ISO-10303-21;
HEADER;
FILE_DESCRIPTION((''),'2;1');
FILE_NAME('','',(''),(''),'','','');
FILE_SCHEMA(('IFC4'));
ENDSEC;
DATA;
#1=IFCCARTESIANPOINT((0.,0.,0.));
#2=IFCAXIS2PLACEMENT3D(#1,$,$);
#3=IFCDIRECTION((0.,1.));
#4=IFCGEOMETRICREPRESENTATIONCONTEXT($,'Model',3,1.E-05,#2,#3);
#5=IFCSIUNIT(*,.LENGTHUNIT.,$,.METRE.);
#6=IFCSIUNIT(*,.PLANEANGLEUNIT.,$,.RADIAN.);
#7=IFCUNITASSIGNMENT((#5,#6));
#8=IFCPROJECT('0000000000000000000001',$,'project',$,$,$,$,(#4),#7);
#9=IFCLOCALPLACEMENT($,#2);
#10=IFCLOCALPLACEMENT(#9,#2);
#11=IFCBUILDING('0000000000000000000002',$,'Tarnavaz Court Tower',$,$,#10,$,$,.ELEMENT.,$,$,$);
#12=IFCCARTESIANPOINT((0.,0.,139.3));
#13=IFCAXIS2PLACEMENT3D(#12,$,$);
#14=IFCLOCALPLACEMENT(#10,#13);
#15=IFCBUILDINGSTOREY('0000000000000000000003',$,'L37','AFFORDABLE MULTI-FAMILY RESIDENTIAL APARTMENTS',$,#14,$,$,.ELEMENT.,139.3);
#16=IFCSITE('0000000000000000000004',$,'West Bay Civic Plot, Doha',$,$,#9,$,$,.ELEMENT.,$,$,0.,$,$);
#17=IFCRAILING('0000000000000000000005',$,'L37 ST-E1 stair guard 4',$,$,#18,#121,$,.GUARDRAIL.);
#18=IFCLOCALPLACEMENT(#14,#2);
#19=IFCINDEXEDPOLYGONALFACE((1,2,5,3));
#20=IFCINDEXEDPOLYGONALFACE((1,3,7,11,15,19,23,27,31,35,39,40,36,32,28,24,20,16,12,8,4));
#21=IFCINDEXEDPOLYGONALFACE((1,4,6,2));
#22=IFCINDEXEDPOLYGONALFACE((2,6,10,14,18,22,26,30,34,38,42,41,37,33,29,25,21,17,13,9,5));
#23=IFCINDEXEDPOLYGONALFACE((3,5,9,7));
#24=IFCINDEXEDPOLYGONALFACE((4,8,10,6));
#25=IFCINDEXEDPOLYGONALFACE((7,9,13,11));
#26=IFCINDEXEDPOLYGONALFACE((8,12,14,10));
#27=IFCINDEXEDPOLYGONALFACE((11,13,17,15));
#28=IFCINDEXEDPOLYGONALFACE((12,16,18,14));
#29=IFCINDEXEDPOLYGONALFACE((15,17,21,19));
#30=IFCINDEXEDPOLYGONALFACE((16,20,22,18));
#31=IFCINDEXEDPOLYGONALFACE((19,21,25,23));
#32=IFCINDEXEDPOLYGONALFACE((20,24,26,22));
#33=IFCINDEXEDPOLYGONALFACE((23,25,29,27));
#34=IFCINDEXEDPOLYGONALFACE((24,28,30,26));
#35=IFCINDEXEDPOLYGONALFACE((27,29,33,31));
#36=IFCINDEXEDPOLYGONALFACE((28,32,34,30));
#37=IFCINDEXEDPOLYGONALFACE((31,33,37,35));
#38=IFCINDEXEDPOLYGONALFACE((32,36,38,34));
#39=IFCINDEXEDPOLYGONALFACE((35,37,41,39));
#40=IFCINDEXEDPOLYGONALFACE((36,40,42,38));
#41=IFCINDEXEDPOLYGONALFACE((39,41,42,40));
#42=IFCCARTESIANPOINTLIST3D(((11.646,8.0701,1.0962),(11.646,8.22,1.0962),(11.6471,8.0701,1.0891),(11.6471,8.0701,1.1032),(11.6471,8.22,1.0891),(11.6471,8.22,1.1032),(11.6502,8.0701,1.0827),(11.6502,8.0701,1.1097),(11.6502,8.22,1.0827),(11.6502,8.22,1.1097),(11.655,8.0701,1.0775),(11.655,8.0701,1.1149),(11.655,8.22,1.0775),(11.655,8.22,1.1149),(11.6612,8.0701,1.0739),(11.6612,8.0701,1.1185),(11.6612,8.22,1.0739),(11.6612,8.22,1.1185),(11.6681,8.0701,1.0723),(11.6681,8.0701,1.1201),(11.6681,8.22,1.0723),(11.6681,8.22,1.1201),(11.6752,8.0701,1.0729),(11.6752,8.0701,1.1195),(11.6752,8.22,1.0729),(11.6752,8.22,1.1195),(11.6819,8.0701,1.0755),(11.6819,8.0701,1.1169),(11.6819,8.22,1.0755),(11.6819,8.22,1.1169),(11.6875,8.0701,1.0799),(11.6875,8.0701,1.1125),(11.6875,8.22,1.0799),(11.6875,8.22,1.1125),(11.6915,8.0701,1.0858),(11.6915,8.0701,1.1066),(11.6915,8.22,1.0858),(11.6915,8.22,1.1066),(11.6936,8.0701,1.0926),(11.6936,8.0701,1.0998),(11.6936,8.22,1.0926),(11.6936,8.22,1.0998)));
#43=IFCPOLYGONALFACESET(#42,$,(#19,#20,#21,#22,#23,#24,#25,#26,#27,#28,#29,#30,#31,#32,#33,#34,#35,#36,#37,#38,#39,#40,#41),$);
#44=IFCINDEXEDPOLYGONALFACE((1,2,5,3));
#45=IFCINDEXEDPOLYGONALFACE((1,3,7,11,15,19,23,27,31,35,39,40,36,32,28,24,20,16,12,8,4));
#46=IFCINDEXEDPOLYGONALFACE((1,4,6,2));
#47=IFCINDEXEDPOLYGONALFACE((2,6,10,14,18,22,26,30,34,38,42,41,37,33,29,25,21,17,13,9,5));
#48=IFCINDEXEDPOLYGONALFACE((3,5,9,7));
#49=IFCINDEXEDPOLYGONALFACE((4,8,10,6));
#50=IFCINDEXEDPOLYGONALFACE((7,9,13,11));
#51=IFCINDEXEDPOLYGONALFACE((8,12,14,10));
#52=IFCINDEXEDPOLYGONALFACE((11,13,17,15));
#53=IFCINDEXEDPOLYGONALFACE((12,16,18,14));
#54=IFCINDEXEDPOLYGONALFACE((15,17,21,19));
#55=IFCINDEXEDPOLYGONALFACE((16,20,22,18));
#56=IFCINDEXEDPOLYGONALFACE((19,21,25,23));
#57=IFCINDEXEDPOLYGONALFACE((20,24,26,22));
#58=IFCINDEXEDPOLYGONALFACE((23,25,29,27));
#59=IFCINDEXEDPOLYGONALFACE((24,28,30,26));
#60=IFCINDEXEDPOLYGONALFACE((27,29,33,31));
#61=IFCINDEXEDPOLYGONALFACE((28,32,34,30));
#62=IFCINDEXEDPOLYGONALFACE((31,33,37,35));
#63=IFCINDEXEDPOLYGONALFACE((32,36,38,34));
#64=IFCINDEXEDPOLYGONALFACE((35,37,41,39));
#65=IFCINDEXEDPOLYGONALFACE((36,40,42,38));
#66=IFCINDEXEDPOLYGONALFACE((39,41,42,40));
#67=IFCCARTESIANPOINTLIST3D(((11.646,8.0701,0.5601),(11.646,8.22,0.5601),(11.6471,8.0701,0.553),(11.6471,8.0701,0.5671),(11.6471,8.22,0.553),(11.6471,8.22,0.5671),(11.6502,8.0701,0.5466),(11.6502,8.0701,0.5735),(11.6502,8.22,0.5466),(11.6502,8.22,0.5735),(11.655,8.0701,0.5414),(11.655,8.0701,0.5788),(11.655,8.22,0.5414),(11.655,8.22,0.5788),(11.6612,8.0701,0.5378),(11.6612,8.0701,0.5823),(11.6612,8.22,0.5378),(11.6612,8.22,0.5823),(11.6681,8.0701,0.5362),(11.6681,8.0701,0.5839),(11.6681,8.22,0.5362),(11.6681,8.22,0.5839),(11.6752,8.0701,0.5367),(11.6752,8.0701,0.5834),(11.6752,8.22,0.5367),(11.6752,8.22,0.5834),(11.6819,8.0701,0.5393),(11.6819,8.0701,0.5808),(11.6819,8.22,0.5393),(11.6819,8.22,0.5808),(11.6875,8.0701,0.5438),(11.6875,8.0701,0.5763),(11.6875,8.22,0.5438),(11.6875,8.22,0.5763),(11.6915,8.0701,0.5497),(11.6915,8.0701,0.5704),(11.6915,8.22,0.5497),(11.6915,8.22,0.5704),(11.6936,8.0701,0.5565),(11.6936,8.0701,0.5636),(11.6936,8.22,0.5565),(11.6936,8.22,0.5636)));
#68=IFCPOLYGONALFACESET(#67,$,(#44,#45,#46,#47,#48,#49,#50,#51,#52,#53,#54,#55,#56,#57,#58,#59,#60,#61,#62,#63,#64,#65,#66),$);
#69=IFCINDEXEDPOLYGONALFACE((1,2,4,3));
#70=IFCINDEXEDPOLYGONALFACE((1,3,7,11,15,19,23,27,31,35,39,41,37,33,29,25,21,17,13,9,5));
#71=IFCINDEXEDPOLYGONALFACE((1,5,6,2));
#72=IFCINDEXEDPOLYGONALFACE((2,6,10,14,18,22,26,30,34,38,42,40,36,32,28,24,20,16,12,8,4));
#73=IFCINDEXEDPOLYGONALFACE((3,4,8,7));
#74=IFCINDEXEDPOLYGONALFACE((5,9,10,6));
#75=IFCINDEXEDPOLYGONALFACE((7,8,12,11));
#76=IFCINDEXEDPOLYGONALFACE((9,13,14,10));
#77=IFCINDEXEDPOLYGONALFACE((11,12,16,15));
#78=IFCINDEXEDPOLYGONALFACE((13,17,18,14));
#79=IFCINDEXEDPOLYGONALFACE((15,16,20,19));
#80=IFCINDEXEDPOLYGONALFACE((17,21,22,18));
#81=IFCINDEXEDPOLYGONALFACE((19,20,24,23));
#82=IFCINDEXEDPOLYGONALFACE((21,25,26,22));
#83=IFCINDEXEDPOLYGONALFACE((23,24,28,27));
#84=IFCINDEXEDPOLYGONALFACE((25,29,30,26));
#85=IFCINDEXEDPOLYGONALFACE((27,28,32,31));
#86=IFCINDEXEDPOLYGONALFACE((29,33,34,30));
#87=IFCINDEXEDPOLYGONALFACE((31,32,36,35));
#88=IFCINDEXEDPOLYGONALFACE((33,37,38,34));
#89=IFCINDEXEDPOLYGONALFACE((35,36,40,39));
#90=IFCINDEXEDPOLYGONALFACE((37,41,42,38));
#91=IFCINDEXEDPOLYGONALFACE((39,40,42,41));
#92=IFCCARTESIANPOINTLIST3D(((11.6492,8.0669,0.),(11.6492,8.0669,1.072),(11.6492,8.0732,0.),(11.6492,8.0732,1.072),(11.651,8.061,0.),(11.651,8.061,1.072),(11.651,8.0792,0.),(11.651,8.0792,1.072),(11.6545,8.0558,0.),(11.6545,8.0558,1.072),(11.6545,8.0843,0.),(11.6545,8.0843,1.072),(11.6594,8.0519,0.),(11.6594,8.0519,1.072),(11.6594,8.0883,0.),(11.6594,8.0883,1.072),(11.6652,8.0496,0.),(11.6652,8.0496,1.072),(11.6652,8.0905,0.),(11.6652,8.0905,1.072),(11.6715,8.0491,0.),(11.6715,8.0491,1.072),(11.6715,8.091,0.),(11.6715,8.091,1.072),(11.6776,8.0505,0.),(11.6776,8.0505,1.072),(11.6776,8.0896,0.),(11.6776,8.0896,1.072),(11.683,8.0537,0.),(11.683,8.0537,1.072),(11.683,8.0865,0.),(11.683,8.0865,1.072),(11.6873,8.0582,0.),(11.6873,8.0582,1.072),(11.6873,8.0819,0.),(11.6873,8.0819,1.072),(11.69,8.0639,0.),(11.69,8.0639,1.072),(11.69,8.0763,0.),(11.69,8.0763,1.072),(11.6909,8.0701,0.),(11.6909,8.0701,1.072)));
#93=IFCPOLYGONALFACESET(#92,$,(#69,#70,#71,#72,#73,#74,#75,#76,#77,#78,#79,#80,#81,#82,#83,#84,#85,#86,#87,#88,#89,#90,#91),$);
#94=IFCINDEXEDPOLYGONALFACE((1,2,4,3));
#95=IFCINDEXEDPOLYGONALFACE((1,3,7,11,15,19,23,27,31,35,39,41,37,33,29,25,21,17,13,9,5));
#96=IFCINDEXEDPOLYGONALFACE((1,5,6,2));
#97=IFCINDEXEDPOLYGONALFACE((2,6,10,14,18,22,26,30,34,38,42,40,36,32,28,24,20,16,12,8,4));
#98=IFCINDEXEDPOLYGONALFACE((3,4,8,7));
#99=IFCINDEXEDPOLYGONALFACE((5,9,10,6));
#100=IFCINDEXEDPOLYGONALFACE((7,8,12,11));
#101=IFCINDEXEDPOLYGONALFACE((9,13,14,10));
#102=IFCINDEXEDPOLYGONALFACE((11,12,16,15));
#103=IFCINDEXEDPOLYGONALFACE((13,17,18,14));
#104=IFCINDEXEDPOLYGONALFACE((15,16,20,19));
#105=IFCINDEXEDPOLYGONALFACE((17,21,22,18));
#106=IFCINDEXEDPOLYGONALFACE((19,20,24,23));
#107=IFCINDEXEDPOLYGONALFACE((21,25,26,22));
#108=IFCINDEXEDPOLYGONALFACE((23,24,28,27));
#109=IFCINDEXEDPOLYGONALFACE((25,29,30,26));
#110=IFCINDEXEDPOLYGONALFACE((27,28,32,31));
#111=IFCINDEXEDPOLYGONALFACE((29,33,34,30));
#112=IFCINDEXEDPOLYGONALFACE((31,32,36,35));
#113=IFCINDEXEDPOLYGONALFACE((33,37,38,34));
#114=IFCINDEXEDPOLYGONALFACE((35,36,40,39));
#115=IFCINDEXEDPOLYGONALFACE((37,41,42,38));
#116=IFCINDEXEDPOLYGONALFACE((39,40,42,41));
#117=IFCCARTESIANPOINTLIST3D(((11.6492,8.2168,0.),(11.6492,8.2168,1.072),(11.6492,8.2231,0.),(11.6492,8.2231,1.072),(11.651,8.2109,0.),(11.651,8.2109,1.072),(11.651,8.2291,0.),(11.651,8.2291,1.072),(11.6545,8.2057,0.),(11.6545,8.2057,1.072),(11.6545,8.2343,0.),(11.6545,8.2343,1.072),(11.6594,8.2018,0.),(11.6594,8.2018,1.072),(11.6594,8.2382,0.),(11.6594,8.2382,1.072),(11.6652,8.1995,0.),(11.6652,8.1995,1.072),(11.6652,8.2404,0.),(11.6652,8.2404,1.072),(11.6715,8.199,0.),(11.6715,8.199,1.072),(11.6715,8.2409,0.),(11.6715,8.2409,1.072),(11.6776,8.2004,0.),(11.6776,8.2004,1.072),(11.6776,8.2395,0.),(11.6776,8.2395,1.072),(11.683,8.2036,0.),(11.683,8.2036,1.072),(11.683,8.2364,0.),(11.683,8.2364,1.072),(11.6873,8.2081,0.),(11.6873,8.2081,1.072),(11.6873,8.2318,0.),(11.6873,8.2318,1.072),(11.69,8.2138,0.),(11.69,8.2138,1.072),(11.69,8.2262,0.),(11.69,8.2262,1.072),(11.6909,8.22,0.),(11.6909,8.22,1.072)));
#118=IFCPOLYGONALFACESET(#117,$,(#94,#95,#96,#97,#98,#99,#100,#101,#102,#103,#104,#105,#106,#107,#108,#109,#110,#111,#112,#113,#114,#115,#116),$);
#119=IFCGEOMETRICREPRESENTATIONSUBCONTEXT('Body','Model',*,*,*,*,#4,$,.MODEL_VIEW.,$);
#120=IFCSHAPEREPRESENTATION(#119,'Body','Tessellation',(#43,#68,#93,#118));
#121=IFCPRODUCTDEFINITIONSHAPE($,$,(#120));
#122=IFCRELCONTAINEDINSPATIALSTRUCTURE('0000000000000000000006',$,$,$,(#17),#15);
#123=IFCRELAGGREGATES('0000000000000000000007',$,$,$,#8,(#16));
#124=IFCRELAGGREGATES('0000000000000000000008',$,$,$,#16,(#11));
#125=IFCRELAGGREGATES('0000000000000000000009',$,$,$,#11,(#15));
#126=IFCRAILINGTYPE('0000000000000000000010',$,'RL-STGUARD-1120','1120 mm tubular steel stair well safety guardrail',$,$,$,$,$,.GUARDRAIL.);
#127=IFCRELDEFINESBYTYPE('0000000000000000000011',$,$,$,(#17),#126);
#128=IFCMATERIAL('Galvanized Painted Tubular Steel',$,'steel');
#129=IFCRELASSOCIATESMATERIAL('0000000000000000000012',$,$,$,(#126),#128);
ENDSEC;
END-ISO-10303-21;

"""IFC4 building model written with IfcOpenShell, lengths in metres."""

from ifc_helpers import new_model, si_unit, direction, frame, origin, origin_2d, place, context, subcontext, project, spatial, circle, extrude, material, type_object, element, save


model = new_model("IFC4")

# Units and contexts
model_context = context("Model", 3, precision=1e-05, world=origin(), true_north=direction((0.0, 1.0)))
body_context = subcontext(model_context, "Body", "Model", "MODEL_VIEW")
ifc_project = project(units=[si_unit("LENGTHUNIT", "METRE"), si_unit("PLANEANGLEUNIT", "RADIAN")], contexts=[model_context])

# Site, building, storey
site_placement = place(None, origin())
site = spatial("IfcSite", under=ifc_project, at=site_placement, Name="West Bay Civic Plot, Doha", CompositionType="ELEMENT", RefElevation=0.0)
building_placement = place(site_placement, origin())
building = spatial("IfcBuilding", under=site, at=building_placement, Name="Tarnavaz Court Tower", CompositionType="ELEMENT")
storey_placement = place(building_placement, frame((0.0, 0.0, 139.3)))
storey = spatial("IfcBuildingStorey", under=building, at=storey_placement, Name="L37", Description="AFFORDABLE MULTI-FAMILY RESIDENTIAL APARTMENTS", CompositionType="ELEMENT", Elevation=139.3)

# Railing
ifc_material_1 = material(Name="Galvanized Painted Tubular Steel", Category="steel")
railing_type_1 = type_object("IfcRailingType", Name="RL-STGUARD-1120", Description="1120 mm tubular steel stair well safety guardrail", PredefinedType="GUARDRAIL", material=ifc_material_1)
for number, where, name in (
    (1, (11.6699, 8.0701, 0.0), "L37 ST-E1 stair guard 4"),
):
    element("IfcRailing", number, at=place(storey_placement, frame(where)), inside=storey, type_object=railing_type_1, Name=name, PredefinedType="GUARDRAIL", context=body_context, shape_type="SweptSolid", body=[
        extrude(circle(Radius=0.0239, at=origin_2d()), frame((0.0, 0.0, 1.0962), z_axis=(0.0, 1.0, 0.0), x_axis=(-1.0, 0.0, 0.0)), (0.0, 0.0, 1.0), 0.1499),
        extrude(circle(Radius=0.0239, at=origin_2d()), frame((0.0, 0.0, 0.5601), z_axis=(0.0, 1.0, 0.0), x_axis=(-1.0, 0.0, 0.0)), (0.0, 0.0, 1.0), 0.1499),
        extrude(circle(Radius=0.021, at=origin_2d()), origin(), (0.0, 0.0, 1.0), 1.072),
        extrude(circle(Radius=0.021, at=origin_2d()), frame((0.0, 0.1499, 0.0)), (0.0, 0.0, 1.0), 1.072),
    ])

save(model, "model.ifc")
